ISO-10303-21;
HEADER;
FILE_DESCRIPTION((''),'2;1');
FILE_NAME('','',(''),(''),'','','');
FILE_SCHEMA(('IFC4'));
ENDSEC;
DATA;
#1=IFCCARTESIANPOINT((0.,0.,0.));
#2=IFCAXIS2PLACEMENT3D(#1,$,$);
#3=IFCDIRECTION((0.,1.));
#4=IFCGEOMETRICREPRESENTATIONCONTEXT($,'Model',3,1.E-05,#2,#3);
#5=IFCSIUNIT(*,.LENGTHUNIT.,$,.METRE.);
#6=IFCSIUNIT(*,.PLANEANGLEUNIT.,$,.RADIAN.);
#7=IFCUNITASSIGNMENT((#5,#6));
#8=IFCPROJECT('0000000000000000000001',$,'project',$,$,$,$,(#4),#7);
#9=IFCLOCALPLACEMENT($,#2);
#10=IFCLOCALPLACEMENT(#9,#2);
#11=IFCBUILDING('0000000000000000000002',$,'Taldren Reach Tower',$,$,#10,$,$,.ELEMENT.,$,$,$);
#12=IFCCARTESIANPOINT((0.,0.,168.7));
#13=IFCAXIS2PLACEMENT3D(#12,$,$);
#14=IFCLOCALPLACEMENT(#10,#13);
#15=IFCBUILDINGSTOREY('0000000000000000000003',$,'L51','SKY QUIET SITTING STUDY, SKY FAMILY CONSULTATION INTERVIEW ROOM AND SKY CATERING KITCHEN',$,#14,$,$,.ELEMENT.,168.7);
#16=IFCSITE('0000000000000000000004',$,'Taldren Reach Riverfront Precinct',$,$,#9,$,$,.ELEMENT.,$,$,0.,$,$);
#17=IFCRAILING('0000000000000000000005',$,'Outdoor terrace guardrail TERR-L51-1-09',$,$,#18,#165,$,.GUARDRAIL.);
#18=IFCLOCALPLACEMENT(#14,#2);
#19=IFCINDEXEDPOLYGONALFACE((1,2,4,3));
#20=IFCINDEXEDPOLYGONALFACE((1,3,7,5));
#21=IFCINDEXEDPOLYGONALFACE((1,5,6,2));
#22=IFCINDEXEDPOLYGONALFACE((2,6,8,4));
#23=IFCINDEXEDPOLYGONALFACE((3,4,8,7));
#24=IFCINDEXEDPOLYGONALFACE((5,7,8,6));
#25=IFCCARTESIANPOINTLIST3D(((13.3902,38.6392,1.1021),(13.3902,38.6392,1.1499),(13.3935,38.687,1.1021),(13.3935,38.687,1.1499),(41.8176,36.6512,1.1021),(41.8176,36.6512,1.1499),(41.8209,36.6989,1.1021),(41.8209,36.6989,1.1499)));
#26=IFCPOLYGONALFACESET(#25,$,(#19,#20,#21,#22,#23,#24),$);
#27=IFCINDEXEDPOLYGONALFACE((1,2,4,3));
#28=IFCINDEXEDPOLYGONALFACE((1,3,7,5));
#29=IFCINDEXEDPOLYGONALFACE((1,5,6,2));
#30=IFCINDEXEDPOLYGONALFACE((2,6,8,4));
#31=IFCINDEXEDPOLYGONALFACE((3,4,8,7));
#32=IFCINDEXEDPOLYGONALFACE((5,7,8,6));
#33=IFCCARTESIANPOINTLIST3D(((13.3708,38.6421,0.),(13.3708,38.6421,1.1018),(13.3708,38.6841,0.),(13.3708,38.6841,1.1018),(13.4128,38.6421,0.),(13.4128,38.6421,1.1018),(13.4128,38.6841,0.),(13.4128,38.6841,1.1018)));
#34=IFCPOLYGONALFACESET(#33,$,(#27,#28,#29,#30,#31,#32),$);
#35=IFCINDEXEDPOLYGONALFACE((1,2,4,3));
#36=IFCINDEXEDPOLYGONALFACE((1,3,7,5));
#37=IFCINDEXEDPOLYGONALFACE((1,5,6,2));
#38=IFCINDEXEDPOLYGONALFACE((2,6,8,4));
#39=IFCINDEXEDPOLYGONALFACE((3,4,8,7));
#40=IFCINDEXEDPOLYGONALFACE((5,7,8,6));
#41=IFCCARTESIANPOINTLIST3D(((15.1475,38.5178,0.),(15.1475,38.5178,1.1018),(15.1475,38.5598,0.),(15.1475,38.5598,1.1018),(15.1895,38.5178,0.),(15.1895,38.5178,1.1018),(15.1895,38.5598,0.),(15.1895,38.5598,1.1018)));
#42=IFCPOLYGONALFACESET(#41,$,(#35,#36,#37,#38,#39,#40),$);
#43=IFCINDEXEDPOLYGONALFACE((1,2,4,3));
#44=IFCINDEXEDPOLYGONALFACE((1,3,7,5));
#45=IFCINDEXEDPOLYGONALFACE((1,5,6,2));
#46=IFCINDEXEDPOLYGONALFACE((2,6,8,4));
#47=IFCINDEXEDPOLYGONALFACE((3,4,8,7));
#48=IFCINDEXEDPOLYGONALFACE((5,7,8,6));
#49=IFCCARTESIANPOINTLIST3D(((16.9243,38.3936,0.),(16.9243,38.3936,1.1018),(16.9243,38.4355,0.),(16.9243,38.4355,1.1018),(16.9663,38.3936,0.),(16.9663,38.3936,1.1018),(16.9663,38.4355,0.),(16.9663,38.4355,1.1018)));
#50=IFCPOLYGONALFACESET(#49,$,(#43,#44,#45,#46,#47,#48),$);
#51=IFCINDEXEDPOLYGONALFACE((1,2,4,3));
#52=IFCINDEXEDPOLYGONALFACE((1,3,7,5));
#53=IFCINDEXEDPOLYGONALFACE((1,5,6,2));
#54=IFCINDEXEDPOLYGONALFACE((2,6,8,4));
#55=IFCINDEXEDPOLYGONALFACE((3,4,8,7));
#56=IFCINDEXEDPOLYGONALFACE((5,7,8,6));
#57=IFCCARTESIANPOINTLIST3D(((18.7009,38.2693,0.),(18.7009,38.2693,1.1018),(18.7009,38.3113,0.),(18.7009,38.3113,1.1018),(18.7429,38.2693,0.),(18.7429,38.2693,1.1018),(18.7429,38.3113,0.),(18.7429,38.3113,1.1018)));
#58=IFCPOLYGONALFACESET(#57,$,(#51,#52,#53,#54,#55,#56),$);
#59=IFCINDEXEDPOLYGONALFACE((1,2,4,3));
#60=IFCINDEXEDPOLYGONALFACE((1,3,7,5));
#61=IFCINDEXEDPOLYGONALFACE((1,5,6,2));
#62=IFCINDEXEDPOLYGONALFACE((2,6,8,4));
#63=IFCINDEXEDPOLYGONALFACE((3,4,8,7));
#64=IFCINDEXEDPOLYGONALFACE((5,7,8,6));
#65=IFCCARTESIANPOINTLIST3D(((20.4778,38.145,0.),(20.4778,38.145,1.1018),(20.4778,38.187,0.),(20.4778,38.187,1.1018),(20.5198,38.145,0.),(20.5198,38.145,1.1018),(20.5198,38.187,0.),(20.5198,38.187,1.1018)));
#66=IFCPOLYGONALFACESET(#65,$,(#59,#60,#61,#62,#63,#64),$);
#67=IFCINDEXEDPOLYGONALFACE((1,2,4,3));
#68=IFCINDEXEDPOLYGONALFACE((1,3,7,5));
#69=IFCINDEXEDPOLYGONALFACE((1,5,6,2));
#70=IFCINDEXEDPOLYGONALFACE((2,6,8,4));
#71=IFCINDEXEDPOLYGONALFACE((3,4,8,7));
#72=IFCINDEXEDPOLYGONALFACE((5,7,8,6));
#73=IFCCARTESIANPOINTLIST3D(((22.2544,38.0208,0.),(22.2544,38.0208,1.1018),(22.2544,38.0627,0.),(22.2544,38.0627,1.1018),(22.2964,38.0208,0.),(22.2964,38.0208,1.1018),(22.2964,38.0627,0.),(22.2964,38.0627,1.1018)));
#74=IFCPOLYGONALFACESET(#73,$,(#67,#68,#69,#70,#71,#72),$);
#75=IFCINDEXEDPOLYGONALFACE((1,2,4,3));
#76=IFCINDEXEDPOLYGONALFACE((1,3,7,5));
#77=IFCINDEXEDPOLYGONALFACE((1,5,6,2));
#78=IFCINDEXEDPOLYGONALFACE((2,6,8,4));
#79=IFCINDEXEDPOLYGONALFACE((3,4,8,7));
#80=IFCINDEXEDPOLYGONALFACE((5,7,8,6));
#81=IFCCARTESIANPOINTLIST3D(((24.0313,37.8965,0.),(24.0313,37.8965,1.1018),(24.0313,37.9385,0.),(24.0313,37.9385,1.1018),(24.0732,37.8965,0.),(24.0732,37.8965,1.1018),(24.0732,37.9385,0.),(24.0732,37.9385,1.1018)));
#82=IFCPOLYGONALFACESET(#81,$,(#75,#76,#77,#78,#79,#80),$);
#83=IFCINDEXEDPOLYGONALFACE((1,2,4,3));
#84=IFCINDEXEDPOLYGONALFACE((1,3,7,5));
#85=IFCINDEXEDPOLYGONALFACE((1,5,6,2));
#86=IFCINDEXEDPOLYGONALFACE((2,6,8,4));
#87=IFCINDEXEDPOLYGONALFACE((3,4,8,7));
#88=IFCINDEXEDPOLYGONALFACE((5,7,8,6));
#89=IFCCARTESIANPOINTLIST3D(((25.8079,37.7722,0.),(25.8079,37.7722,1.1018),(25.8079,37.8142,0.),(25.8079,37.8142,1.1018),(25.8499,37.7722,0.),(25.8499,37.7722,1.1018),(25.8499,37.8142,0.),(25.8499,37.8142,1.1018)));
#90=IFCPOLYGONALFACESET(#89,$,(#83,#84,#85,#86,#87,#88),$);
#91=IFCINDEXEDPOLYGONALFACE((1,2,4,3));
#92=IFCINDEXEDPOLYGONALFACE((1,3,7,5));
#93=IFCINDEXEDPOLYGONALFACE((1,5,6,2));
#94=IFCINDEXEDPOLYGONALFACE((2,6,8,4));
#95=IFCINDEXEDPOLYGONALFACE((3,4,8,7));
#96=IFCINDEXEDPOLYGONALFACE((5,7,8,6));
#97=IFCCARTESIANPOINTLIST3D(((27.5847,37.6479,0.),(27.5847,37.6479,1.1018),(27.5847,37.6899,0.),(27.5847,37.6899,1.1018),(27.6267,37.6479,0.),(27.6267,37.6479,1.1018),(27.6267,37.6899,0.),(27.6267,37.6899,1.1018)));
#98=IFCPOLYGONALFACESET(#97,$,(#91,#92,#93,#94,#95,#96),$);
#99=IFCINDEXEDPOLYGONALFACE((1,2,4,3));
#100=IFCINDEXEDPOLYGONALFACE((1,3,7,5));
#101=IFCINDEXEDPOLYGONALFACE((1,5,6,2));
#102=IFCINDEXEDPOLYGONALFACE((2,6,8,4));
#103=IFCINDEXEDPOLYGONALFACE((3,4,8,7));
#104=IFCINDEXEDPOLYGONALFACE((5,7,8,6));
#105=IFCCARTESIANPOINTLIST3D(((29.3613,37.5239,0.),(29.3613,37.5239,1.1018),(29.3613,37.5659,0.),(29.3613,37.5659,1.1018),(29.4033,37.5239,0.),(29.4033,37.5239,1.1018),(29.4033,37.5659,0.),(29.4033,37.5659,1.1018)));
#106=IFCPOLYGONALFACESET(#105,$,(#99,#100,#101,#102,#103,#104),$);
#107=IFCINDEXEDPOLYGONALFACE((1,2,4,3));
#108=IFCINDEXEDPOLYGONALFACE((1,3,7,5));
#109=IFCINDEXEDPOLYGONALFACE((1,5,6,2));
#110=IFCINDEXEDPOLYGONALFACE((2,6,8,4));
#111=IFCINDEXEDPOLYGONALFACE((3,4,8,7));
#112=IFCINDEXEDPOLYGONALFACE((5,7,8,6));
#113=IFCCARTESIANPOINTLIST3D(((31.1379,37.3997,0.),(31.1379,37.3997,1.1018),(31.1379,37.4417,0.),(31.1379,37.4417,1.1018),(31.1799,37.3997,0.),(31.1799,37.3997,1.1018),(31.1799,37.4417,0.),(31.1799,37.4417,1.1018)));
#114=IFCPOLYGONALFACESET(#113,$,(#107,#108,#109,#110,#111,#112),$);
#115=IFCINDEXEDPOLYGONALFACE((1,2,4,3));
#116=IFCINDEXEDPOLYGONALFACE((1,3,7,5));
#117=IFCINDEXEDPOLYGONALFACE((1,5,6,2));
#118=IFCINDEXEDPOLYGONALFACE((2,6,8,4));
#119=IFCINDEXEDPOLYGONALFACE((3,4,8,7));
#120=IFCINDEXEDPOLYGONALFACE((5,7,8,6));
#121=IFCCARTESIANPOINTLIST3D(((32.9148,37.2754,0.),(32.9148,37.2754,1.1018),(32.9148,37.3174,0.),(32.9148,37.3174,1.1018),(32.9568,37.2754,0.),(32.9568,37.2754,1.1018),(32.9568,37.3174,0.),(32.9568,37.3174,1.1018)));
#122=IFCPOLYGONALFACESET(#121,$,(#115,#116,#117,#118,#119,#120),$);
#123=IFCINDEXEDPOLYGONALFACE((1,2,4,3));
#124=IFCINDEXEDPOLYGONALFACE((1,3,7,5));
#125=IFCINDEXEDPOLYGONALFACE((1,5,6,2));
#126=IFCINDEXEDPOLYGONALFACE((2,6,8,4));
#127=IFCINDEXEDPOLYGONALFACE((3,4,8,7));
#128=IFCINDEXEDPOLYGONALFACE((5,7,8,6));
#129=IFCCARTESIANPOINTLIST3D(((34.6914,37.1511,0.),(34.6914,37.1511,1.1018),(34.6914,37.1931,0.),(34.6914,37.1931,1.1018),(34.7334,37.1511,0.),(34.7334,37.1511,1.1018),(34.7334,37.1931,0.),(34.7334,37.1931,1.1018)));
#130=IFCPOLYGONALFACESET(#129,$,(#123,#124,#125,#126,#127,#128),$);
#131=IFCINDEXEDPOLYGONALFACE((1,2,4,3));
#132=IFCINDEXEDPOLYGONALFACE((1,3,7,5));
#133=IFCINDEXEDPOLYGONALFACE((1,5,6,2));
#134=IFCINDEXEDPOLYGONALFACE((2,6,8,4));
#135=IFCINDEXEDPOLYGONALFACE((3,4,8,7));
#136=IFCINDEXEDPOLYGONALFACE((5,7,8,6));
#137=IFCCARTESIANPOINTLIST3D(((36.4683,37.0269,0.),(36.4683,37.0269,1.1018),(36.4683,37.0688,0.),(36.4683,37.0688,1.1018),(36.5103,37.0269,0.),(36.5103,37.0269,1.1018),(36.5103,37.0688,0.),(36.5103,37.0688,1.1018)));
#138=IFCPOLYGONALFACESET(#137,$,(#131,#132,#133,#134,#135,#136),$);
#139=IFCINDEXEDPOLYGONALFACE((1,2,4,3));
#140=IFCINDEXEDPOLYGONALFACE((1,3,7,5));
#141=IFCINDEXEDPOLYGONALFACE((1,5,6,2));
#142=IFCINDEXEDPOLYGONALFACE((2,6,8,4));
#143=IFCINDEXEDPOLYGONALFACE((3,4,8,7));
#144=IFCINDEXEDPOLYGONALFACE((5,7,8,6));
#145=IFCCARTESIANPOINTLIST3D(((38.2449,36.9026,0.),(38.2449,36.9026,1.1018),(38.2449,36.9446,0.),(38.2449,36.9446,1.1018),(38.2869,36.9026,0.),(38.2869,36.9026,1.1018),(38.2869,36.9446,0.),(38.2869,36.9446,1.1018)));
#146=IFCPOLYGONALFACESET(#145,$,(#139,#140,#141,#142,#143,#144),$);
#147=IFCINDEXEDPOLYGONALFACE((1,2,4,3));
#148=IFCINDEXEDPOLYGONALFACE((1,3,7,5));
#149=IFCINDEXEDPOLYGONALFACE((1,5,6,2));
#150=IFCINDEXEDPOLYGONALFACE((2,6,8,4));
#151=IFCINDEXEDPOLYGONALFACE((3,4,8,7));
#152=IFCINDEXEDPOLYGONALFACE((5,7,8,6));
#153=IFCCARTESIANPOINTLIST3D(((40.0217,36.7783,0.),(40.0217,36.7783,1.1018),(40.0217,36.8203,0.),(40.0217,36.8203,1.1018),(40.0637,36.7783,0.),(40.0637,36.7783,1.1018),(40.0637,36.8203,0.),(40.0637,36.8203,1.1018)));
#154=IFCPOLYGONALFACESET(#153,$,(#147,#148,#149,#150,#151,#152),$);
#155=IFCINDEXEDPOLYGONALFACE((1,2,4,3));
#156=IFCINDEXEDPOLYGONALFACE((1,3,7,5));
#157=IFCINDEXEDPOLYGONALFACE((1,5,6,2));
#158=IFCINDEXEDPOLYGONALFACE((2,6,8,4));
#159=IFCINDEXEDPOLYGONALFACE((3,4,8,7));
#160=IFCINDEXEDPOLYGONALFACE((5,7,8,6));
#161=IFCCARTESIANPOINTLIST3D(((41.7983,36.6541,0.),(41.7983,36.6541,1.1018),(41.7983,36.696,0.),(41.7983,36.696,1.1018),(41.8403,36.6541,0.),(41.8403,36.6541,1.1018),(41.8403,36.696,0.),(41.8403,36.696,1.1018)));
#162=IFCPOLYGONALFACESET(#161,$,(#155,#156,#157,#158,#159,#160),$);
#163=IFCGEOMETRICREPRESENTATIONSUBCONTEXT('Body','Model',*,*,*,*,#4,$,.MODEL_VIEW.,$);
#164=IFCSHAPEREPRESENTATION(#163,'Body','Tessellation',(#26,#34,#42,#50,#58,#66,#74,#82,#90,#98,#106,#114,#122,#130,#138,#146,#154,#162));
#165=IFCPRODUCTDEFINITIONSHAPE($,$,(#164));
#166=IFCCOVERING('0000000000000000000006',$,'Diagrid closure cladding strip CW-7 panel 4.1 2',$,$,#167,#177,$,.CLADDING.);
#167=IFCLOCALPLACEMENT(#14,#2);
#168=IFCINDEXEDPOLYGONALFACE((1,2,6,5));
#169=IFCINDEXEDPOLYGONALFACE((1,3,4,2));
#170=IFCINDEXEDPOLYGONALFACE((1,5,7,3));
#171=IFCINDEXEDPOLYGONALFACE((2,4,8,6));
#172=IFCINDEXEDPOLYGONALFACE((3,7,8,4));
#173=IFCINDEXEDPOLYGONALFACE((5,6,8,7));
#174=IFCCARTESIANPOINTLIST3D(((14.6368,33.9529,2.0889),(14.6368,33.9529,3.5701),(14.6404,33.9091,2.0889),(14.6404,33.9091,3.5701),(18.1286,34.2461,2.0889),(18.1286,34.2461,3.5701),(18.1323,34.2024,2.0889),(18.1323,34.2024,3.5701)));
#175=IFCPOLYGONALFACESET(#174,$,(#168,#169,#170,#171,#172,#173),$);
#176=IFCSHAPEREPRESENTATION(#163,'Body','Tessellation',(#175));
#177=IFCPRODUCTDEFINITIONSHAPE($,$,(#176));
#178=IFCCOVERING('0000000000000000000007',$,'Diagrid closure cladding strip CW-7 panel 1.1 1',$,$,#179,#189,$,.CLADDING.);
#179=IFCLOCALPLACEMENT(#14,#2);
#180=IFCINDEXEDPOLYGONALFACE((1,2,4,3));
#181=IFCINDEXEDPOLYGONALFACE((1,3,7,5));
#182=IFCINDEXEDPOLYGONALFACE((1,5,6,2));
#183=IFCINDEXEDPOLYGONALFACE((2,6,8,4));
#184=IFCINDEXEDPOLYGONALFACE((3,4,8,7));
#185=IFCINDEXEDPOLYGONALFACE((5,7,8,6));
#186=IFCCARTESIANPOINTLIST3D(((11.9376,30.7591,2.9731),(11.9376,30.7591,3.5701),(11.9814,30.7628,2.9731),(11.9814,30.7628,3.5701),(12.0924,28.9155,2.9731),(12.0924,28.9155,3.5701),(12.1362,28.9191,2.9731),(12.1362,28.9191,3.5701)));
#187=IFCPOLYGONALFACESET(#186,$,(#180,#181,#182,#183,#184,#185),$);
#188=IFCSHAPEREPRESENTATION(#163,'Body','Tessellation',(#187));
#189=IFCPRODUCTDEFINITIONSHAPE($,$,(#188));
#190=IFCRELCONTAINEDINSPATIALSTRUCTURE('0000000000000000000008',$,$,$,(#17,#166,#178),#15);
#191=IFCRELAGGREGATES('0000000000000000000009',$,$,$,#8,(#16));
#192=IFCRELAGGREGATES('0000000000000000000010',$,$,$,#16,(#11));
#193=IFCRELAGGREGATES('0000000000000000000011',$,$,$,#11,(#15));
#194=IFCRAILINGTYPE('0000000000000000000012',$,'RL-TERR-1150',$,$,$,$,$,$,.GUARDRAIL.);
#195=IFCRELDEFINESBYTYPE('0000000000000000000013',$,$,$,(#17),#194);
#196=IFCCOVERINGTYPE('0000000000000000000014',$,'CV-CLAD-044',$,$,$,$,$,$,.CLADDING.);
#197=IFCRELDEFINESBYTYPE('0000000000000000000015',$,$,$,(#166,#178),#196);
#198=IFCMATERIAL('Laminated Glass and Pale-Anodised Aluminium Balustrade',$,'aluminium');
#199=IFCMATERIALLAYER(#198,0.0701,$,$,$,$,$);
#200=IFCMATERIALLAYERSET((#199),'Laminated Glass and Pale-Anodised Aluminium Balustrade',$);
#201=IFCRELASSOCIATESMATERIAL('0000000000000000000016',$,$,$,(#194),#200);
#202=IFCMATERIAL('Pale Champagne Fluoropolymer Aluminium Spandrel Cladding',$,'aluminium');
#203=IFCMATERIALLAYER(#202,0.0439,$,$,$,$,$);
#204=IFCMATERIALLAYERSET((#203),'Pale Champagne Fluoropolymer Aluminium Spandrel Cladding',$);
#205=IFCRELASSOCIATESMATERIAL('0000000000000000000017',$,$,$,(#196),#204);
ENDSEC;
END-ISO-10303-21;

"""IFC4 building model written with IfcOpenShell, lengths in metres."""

from ifc_helpers import new_model, si_unit, direction, frame, origin, origin_2d, place, context, subcontext, project, spatial, rectangle, extrude, source, transform, mapped, material, layer, layer_set, type_object, element, save


model = new_model("IFC4")

# Units and contexts
model_context = context("Model", 3, precision=1e-05, world=origin(), true_north=direction((0.0, 1.0)))
body_context = subcontext(model_context, "Body", "Model", "MODEL_VIEW")
ifc_project = project(units=[si_unit("LENGTHUNIT", "METRE"), si_unit("PLANEANGLEUNIT", "RADIAN")], contexts=[model_context])

# Site, building, storey
site_placement = place(None, origin())
site = spatial("IfcSite", under=ifc_project, at=site_placement, Name="Taldren Reach Riverfront Precinct", CompositionType="ELEMENT", RefElevation=0.0)
building_placement = place(site_placement, origin())
building = spatial("IfcBuilding", under=site, at=building_placement, Name="Taldren Reach Tower", CompositionType="ELEMENT")
storey_placement = place(building_placement, frame((0.0, 0.0, 168.7)))
storey = spatial("IfcBuildingStorey", under=building, at=storey_placement, Name="L51", Description="SKY QUIET SITTING STUDY, SKY FAMILY CONSULTATION INTERVIEW ROOM AND SKY CATERING KITCHEN", CompositionType="ELEMENT", Elevation=168.7)

# Railing
ifc_material_1 = material(Name="Laminated Glass and Pale-Anodised Aluminium Balustrade", Category="aluminium")
ifc_layer_1 = layer(ifc_material_1, 0.0701)
ifc_layer_set_1 = layer_set([ifc_layer_1], Name="Laminated Glass and Pale-Anodised Aluminium Balustrade")
railing_type = type_object("IfcRailingType", Name="RL-TERR-1150", PredefinedType="GUARDRAIL", material=ifc_layer_set_1)
railing_1_placement = place(storey_placement, frame((13.3918, 38.6631, 0.0)))
element("IfcRailing", 1, at=railing_1_placement, inside=storey, type_object=railing_type, Name="Outdoor terrace guardrail TERR-L51-1-09", PredefinedType="GUARDRAIL", context=body_context, shape_type="SweptSolid", body=[
    extrude(rectangle(XDim=0.0479, YDim=0.0479, at=origin_2d()), frame((0.0, 0.0, 1.126), z_axis=(0.997564, -0.069763, 0.0), x_axis=(0.069763, 0.997564, 0.0)), (0.0, 0.0, 1.0), 28.4968),
    extrude(rectangle(XDim=0.042, YDim=0.042, at=origin_2d()), origin(), (0.0, 0.0, 1.0), 1.1018),
    extrude(rectangle(XDim=0.042, YDim=0.042, at=origin_2d()), frame((1.7766, -0.1243, 0.0)), (0.0, 0.0, 1.0), 1.1018),
    extrude(rectangle(XDim=0.042, YDim=0.042, at=origin_2d()), frame((3.5535, -0.2485, 0.0)), (0.0, 0.0, 1.0), 1.1018),
    extrude(rectangle(XDim=0.042, YDim=0.042, at=origin_2d()), frame((5.3301, -0.3728, 0.0)), (0.0, 0.0, 1.0), 1.1018),
    extrude(rectangle(XDim=0.042, YDim=0.042, at=origin_2d()), frame((7.1069, -0.4971, 0.0)), (0.0, 0.0, 1.0), 1.1018),
    extrude(rectangle(XDim=0.042, YDim=0.042, at=origin_2d()), frame((8.8835, -0.6213, 0.0)), (0.0, 0.0, 1.0), 1.1018),
    extrude(rectangle(XDim=0.042, YDim=0.042, at=origin_2d()), frame((10.6604, -0.7456, 0.0)), (0.0, 0.0, 1.0), 1.1018),
    extrude(rectangle(XDim=0.042, YDim=0.042, at=origin_2d()), frame((12.437, -0.8699, 0.0)), (0.0, 0.0, 1.0), 1.1018),
    extrude(rectangle(XDim=0.042, YDim=0.042, at=origin_2d()), frame((14.2139, -0.9941, 0.0)), (0.0, 0.0, 1.0), 1.1018),
    extrude(rectangle(XDim=0.042, YDim=0.042, at=origin_2d()), frame((15.9905, -1.1182, 0.0)), (0.0, 0.0, 1.0), 1.1018),
    extrude(rectangle(XDim=0.042, YDim=0.042, at=origin_2d()), frame((17.7671, -1.2424, 0.0)), (0.0, 0.0, 1.0), 1.1018),
    extrude(rectangle(XDim=0.042, YDim=0.042, at=origin_2d()), frame((19.5439, -1.3667, 0.0)), (0.0, 0.0, 1.0), 1.1018),
    extrude(rectangle(XDim=0.042, YDim=0.042, at=origin_2d()), frame((21.3206, -1.491, 0.0)), (0.0, 0.0, 1.0), 1.1018),
    extrude(rectangle(XDim=0.042, YDim=0.042, at=origin_2d()), frame((23.0974, -1.6152, 0.0)), (0.0, 0.0, 1.0), 1.1018),
    extrude(rectangle(XDim=0.042, YDim=0.042, at=origin_2d()), frame((24.874, -1.7395, 0.0)), (0.0, 0.0, 1.0), 1.1018),
    extrude(rectangle(XDim=0.042, YDim=0.042, at=origin_2d()), frame((26.6509, -1.8638, 0.0)), (0.0, 0.0, 1.0), 1.1018),
    extrude(rectangle(XDim=0.042, YDim=0.042, at=origin_2d()), frame((28.4275, -1.988, 0.0)), (0.0, 0.0, 1.0), 1.1018),
])

# Coverings
ifc_material_2 = material(Name="Pale Champagne Fluoropolymer Aluminium Spandrel Cladding", Category="aluminium")
ifc_layer_2 = layer(ifc_material_2, 0.0439)
ifc_layer_set_2 = layer_set([ifc_layer_2], Name="Pale Champagne Fluoropolymer Aluminium Spandrel Cladding")
covering_type = type_object("IfcCoveringType", Name="CV-CLAD-044", PredefinedType="CLADDING", material=ifc_layer_set_2)
shared_shape_1 = source(origin(), body_context, "Body", "SweptSolid", [
    extrude(rectangle(XDim=3.5042, YDim=0.0439, at=origin_2d()), origin(), (0.0, 0.0, 1.0), 1.4812),
])
covering_1_placement = place(storey_placement, frame((16.3845, 34.0776, 2.0889), z_axis=(0.0, 0.0, 1.0), x_axis=(-0.996493, -0.083678, 0.0)))
element("IfcCovering", 2, at=covering_1_placement, inside=storey, type_object=covering_type, Name="Diagrid closure cladding strip CW-7 panel 4.1 2", PredefinedType="CLADDING", context=body_context, shape_type="MappedRepresentation", body=[
    mapped(shared_shape_1, transform((0.0, 0.0, 0.0), scale=1.0)),
])
shared_shape_2 = source(origin(), body_context, "Body", "SweptSolid", [
    extrude(rectangle(XDim=1.8501, YDim=0.0439, at=origin_2d()), origin(), (0.0, 0.0, 1.0), 0.5969),
])
covering_2_placement = place(storey_placement, frame((12.0369, 29.8391, 2.9731), z_axis=(0.0, 0.0, 1.0), x_axis=(0.08368, -0.996493, 0.0)))
element("IfcCovering", 3, at=covering_2_placement, inside=storey, type_object=covering_type, Name="Diagrid closure cladding strip CW-7 panel 1.1 1", PredefinedType="CLADDING", context=body_context, shape_type="MappedRepresentation", body=[
    mapped(shared_shape_2, transform((0.0, 0.0, 0.0), scale=1.0)),
])

save(model, "model.ifc")
